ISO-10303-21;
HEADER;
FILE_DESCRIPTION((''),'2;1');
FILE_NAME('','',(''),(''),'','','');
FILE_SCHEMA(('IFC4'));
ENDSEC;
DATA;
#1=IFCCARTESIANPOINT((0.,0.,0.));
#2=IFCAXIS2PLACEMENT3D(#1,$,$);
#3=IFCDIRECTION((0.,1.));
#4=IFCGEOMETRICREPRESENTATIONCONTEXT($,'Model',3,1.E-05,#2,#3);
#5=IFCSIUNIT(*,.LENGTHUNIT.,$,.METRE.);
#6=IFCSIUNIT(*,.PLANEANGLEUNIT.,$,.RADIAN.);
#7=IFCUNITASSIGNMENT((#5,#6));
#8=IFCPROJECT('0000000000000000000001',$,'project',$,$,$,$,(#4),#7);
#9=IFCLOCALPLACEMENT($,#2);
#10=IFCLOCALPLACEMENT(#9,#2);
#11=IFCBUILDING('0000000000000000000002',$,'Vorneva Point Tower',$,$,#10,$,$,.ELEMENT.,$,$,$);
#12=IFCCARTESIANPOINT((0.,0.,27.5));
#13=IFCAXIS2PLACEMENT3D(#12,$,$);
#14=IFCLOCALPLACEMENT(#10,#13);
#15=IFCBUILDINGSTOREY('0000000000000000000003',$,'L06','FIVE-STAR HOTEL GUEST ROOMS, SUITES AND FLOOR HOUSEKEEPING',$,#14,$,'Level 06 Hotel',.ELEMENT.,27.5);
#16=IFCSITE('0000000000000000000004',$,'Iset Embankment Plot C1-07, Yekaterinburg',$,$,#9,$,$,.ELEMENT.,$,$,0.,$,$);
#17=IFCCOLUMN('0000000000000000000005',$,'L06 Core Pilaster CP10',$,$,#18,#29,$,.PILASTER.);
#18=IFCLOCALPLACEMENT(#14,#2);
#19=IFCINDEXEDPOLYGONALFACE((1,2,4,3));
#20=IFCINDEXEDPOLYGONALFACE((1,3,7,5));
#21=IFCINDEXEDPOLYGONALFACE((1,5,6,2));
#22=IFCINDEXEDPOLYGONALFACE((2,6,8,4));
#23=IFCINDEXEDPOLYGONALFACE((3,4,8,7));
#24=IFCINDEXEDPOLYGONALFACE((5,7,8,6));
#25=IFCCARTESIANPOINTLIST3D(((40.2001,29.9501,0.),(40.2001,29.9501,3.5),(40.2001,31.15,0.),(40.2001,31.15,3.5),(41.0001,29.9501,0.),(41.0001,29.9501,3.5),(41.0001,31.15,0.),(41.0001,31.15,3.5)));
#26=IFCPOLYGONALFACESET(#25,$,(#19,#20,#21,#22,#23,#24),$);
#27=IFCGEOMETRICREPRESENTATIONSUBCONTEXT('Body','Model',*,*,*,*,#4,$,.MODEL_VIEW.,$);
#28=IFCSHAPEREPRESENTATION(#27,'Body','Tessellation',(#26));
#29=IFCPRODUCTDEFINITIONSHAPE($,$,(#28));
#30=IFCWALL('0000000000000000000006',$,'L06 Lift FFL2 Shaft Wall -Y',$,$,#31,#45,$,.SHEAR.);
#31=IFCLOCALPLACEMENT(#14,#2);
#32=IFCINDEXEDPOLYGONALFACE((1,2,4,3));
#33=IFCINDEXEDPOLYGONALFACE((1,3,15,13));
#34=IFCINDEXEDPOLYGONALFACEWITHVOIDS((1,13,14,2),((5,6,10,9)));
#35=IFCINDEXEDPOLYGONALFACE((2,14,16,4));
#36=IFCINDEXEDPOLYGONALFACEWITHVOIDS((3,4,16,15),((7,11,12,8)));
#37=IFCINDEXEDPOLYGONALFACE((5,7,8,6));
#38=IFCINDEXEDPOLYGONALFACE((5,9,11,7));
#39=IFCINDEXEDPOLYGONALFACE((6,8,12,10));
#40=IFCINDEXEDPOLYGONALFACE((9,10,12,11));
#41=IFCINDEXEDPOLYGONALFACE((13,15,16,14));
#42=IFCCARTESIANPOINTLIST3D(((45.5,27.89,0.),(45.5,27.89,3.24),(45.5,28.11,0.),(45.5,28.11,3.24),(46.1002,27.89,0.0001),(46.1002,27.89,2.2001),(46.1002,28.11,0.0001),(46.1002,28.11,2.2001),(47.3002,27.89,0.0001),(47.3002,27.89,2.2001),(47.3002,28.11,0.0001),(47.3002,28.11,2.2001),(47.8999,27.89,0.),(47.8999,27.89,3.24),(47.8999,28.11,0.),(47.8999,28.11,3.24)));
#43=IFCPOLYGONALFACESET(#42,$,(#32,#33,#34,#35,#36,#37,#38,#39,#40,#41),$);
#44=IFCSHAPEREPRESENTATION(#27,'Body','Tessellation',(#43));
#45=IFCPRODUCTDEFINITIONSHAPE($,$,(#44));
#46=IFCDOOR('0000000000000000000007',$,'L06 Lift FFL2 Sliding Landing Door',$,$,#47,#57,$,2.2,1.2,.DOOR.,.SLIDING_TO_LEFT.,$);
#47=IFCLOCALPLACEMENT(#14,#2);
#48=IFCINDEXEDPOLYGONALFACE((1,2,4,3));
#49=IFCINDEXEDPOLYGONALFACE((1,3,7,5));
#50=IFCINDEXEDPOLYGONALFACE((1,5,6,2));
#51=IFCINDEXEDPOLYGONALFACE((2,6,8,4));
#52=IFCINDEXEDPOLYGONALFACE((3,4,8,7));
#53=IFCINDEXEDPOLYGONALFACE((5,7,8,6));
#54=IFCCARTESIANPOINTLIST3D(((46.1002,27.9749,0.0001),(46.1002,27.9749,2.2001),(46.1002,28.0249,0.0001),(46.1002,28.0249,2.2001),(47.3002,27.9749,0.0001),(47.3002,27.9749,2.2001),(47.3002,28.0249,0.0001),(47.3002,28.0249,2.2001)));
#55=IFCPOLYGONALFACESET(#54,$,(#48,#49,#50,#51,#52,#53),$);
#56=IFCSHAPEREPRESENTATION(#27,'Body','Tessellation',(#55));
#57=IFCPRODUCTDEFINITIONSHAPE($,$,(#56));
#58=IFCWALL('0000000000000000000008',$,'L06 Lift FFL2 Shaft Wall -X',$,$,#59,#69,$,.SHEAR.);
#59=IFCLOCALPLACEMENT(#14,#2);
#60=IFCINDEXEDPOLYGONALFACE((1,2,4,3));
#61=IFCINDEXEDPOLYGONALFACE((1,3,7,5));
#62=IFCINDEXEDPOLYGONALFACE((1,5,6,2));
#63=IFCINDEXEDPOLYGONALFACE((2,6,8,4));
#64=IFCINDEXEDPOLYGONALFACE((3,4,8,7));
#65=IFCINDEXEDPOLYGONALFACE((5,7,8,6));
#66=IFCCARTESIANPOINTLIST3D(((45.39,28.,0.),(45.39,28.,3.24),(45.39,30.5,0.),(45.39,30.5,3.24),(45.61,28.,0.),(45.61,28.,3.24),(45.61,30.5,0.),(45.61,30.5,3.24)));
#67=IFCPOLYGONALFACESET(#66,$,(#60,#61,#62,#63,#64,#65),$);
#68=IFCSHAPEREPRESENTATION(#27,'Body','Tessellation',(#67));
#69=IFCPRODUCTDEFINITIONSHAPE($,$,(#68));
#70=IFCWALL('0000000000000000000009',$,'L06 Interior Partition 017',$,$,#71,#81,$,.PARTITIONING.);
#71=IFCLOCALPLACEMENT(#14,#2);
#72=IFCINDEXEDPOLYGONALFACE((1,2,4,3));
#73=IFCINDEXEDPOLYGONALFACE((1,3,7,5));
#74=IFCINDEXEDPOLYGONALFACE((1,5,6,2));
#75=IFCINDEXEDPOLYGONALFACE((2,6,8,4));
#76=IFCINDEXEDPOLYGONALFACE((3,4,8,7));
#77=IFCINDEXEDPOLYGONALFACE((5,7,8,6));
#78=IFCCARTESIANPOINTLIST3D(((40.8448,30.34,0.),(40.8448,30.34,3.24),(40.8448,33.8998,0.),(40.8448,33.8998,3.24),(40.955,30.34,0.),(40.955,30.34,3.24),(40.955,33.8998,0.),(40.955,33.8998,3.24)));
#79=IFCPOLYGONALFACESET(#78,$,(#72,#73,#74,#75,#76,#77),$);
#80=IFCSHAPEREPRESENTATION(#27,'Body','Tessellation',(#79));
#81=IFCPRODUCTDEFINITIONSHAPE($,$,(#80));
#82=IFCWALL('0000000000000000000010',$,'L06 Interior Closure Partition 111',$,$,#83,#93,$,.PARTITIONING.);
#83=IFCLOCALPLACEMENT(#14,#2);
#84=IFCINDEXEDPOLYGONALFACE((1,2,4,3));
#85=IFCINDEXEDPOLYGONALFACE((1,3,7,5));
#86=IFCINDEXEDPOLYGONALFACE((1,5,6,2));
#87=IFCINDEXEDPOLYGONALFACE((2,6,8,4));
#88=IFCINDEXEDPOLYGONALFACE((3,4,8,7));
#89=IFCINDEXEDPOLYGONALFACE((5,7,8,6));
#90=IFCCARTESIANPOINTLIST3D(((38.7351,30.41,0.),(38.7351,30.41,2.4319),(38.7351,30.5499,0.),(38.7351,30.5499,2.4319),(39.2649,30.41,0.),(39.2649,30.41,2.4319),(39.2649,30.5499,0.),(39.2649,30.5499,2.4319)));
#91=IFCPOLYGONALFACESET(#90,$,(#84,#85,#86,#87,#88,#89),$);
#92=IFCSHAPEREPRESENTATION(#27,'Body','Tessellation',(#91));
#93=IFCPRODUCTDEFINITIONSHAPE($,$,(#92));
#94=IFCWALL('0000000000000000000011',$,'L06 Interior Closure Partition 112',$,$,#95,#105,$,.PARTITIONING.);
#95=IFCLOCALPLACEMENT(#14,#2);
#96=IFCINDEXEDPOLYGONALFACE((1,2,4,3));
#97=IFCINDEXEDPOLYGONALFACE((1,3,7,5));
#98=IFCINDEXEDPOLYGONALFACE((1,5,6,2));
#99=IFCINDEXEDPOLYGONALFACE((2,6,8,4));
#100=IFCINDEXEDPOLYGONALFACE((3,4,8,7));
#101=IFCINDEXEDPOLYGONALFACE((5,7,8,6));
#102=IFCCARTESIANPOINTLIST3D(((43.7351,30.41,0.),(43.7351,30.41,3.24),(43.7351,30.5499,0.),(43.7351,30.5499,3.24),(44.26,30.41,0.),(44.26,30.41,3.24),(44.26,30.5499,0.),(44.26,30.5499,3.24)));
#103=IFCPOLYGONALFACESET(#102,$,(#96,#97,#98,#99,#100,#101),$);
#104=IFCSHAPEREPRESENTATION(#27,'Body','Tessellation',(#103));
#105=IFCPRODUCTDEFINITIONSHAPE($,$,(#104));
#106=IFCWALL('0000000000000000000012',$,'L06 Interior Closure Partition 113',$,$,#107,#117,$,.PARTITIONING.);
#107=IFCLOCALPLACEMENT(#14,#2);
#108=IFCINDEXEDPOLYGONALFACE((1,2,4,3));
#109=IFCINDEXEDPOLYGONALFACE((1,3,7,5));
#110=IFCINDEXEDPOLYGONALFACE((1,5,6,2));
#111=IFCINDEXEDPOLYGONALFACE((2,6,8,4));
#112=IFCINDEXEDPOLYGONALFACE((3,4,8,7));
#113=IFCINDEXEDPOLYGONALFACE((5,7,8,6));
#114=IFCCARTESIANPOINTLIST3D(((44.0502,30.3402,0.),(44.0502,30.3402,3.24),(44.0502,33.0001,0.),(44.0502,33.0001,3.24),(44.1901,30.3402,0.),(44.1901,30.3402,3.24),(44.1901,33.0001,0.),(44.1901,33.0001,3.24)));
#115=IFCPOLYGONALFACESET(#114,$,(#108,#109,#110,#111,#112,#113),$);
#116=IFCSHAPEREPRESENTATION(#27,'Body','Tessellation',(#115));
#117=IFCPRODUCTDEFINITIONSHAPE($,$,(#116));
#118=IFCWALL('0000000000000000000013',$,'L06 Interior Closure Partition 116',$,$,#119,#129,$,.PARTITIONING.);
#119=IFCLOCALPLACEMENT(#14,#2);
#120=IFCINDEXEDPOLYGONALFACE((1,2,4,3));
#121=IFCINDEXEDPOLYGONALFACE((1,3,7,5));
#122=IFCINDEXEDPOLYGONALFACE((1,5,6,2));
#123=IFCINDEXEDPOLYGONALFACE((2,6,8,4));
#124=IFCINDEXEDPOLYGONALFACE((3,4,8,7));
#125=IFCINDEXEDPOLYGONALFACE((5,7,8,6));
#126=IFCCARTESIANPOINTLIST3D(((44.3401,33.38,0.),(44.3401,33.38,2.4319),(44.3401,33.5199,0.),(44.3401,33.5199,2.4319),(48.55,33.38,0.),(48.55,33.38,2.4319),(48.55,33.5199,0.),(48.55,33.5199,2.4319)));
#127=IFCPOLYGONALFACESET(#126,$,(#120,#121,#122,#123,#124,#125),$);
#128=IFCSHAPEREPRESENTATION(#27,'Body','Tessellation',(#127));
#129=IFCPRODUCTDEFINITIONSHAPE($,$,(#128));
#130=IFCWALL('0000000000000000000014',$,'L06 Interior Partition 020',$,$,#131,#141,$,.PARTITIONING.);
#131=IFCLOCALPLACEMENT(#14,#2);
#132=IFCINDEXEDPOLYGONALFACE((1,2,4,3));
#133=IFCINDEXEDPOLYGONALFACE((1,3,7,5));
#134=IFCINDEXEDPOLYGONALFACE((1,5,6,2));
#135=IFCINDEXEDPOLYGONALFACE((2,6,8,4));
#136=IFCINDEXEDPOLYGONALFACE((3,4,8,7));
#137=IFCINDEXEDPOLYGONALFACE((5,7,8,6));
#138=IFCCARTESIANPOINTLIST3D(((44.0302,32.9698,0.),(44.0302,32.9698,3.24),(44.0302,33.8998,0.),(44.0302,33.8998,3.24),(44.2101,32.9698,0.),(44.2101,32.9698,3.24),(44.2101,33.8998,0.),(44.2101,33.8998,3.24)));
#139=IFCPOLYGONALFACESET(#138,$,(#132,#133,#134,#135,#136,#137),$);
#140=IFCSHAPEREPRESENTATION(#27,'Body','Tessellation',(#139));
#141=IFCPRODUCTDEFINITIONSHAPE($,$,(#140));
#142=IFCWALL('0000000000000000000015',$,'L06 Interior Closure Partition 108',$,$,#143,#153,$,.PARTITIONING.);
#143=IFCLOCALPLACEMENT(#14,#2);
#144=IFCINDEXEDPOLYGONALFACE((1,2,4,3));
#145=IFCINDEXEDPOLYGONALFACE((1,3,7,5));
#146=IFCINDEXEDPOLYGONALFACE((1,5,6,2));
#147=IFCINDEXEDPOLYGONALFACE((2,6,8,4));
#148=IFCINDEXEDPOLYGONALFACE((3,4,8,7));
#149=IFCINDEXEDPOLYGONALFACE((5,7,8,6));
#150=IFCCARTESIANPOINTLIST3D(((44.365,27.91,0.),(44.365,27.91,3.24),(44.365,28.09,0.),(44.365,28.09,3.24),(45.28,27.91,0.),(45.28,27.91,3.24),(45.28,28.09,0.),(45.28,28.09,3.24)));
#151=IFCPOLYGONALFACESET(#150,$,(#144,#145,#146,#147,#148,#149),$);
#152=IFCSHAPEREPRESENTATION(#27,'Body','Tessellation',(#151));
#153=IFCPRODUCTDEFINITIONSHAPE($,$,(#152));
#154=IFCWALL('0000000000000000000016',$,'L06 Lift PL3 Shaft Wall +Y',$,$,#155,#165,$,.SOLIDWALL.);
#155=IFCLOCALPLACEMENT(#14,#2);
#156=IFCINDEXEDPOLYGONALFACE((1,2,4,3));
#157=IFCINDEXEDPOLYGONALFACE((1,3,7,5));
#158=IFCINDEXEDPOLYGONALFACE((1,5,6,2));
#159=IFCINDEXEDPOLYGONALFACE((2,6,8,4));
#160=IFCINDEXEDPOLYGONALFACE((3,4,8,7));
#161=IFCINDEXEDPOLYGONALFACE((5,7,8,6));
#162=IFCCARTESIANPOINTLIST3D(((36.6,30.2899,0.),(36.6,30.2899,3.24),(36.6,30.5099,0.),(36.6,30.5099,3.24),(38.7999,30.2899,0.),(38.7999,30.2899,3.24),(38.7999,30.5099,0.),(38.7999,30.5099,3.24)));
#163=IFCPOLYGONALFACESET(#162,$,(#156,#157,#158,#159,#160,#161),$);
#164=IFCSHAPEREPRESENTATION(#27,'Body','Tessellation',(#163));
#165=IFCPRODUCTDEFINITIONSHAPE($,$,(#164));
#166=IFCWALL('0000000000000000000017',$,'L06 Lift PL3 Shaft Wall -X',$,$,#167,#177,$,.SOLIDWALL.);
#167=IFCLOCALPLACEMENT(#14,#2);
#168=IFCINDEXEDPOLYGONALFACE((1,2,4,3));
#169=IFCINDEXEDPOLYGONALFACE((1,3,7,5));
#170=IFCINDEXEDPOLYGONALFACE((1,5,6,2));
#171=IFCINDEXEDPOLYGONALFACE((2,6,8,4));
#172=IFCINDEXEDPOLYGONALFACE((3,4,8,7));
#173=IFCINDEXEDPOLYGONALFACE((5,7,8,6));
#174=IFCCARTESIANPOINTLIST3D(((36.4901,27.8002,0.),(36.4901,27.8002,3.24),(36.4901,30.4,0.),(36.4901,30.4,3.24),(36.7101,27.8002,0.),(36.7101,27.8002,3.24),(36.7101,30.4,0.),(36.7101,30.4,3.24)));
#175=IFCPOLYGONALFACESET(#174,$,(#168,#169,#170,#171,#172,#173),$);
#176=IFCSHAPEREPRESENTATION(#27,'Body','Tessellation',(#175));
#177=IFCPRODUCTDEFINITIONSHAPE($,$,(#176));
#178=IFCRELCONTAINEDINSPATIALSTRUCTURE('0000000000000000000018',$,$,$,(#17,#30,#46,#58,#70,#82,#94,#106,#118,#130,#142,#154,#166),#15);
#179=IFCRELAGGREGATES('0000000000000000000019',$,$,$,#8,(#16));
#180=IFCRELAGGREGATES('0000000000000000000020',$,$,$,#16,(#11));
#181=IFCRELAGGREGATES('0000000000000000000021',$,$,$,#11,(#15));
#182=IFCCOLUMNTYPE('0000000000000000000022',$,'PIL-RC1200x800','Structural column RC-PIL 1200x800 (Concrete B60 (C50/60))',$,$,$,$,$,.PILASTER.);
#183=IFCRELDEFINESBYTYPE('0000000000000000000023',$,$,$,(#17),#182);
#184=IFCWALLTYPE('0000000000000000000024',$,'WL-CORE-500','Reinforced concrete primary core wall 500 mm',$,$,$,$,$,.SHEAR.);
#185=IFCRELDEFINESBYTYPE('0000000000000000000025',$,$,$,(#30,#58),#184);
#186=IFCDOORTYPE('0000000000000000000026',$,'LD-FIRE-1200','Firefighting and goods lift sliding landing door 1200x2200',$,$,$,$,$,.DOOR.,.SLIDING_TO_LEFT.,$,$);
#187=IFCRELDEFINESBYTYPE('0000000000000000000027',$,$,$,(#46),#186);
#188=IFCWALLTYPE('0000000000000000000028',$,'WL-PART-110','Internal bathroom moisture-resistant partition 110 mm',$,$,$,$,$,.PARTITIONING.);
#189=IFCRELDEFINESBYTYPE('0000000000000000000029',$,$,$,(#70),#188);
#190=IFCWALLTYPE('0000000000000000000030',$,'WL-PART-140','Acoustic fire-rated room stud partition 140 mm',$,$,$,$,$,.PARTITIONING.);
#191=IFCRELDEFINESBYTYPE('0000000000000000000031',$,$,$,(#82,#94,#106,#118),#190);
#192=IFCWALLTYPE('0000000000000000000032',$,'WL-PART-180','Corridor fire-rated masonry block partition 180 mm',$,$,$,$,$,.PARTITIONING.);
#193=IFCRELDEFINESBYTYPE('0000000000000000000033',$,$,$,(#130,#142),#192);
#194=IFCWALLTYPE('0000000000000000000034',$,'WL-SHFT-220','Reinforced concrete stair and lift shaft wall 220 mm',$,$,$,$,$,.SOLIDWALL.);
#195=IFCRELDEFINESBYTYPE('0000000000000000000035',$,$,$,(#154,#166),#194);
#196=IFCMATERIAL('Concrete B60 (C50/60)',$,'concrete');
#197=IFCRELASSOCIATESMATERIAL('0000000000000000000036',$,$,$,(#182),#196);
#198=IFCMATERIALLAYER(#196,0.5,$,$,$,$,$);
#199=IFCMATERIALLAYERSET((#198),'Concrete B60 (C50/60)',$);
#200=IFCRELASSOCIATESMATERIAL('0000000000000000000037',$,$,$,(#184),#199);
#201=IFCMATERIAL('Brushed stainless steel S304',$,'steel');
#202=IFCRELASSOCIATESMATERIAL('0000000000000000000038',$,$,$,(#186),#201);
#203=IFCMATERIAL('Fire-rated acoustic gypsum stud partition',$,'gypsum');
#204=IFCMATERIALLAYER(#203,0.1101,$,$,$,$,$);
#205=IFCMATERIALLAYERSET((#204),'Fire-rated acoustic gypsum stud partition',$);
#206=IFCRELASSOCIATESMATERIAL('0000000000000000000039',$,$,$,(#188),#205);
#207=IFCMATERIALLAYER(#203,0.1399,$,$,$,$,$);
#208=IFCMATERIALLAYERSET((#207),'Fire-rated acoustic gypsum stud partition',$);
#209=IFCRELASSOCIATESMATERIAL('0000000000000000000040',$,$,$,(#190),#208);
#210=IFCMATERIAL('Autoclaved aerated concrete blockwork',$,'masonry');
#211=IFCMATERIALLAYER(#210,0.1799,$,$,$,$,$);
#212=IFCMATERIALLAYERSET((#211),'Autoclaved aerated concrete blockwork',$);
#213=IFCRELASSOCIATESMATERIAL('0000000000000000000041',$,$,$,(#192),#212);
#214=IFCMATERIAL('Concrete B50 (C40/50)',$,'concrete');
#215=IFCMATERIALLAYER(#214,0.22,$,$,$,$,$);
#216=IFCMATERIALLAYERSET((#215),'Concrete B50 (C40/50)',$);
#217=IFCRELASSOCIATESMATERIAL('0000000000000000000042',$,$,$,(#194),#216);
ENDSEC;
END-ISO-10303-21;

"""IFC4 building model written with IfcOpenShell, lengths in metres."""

from ifc_helpers import new_model, si_unit, direction, frame, frame_2d, origin, origin_2d, place, context, subcontext, project, spatial, rectangle, extrude, material, layer, layer_set, material_profile, profile_set, type_object, element, fill, save


model = new_model("IFC4")

# Units and contexts
model_context = context("Model", 3, precision=1e-05, world=origin(), true_north=direction((0.0, 1.0)))
body_context = subcontext(model_context, "Body", "Model", "MODEL_VIEW")
ifc_project = project(units=[si_unit("LENGTHUNIT", "METRE"), si_unit("PLANEANGLEUNIT", "RADIAN")], contexts=[model_context])

# Site, building, storey
site_placement = place(None, origin())
site = spatial("IfcSite", under=ifc_project, at=site_placement, Name="Iset Embankment Plot C1-07, Yekaterinburg", CompositionType="ELEMENT", RefElevation=0.0)
building_placement = place(site_placement, origin())
building = spatial("IfcBuilding", under=site, at=building_placement, Name="Vorneva Point Tower", CompositionType="ELEMENT")
storey_placement = place(building_placement, frame((0.0, 0.0, 27.5)))
storey = spatial("IfcBuildingStorey", under=building, at=storey_placement, Name="L06", Description="FIVE-STAR HOTEL GUEST ROOMS, SUITES AND FLOOR HOUSEKEEPING", LongName="Level 06 Hotel", CompositionType="ELEMENT", Elevation=27.5)

# Column
ifc_material_1 = material(Name="Concrete B60 (C50/60)", Category="concrete")
ifc_material_profile = material_profile(ifc_material_1, rectangle(XDim=0.8, YDim=1.2, at=origin_2d()), Name="RC-PIL 1200x800")
ifc_profile_set = profile_set([ifc_material_profile], Name="Concrete B60 (C50/60)")
column_type = type_object("IfcColumnType", Name="PIL-RC1200x800", Description="Structural column RC-PIL 1200x800 (Concrete B60 (C50/60))", PredefinedType="PILASTER", material=ifc_profile_set)
column_placement = place(storey_placement, frame((40.6001, 30.55, 0.0), z_axis=(0.0, 0.0, 1.0), x_axis=(1.0, 0.0, 0.0)))
element("IfcColumn", 1, at=column_placement, inside=storey, type_object=column_type, Name="L06 Core Pilaster CP10", PredefinedType="PILASTER", context=body_context, shape_type="SweptSolid", body=[
    extrude(rectangle(XDim=0.8, YDim=1.2, at=origin_2d()), origin(), (0.0, 0.0, 1.0), 3.5),
])

# Wall, opening, door
ifc_layer_1 = layer(ifc_material_1, 0.5)
ifc_layer_set_1 = layer_set([ifc_layer_1], Name="Concrete B60 (C50/60)")
wall_type_1 = type_object("IfcWallType", Name="WL-CORE-500", Description="Reinforced concrete primary core wall 500 mm", PredefinedType="SHEAR", material=ifc_layer_set_1)
wall_1_placement = place(storey_placement, frame((45.5, 28.0, 0.0), z_axis=(0.0, 0.0, 1.0), x_axis=(1.0, 0.0, 0.0)))
wall_1 = element("IfcWall", 2, at=wall_1_placement, inside=storey, type_object=wall_type_1, Name="L06 Lift FFL2 Shaft Wall -Y", PredefinedType="SHEAR", context=body_context, shape_type="SweptSolid", body=[
    extrude(rectangle(XDim=2.3999, YDim=0.22, at=frame_2d((1.2, 0.0))), origin(), (0.0, 0.0, 1.0), 3.24),
])
opening_1_placement = place(wall_1_placement, frame((0.6001, 0.0, 0.0)))
opening_1 = element("IfcOpeningElement", 3, at=opening_1_placement, cuts=wall_1, PredefinedType="OPENING", context=body_context, shape_type="SweptSolid", body=[
    extrude(rectangle(XDim=1.2, YDim=2.2, at=frame_2d((0.6001, 1.1001))), frame((0.0, 0.125, 0.0), z_axis=(0.0, -1.0, 0.0), x_axis=(1.0, 0.0, 0.0)), (0.0, 0.0, 1.0), 0.2498),
])
ifc_material_2 = material(Name="Brushed stainless steel S304", Category="steel")
door_type_1 = type_object("IfcDoorType", Name="LD-FIRE-1200", Description="Firefighting and goods lift sliding landing door 1200x2200", OperationType="SLIDING_TO_LEFT", PredefinedType="DOOR", material=ifc_material_2)
door_1_placement = place(opening_1_placement, origin())
door_1 = element("IfcDoor", 4, at=door_1_placement, inside=storey, type_object=door_type_1, Name="L06 Lift FFL2 Sliding Landing Door", OperationType="SLIDING_TO_LEFT", OverallHeight=2.2, OverallWidth=1.2, PredefinedType="DOOR", context=body_context, shape_type="SweptSolid", body=[
    extrude(rectangle(XDim=1.2, YDim=2.2, at=frame_2d((0.6001, 1.1001))), frame((0.0, 0.0249, 0.0), z_axis=(0.0, -1.0, 0.0), x_axis=(1.0, 0.0, 0.0)), (0.0, 0.0, 1.0), 0.05),
])
fill(opening_1, door_1)

# Walls
wall_2_placement = place(storey_placement, frame((45.5, 30.5, 0.0), z_axis=(0.0, 0.0, 1.0), x_axis=(0.0, -1.0, 0.0)))
element("IfcWall", 5, at=wall_2_placement, inside=storey, type_object=wall_type_1, Name="L06 Lift FFL2 Shaft Wall -X", PredefinedType="SHEAR", context=body_context, shape_type="SweptSolid", body=[
    extrude(rectangle(XDim=2.5, YDim=0.22, at=frame_2d((1.25, 0.0))), origin(), (0.0, 0.0, 1.0), 3.24),
])
ifc_material_3 = material(Name="Fire-rated acoustic gypsum stud partition", Category="gypsum")
ifc_layer_2 = layer(ifc_material_3, 0.1101)
ifc_layer_set_2 = layer_set([ifc_layer_2], Name="Fire-rated acoustic gypsum stud partition")
wall_type_2 = type_object("IfcWallType", Name="WL-PART-110", Description="Internal bathroom moisture-resistant partition 110 mm", PredefinedType="PARTITIONING", material=ifc_layer_set_2)
wall_3_placement = place(storey_placement, frame((40.8999, 30.3401, 0.0), z_axis=(0.0, 0.0, 1.0), x_axis=(0.0, 1.0, 0.0)))
element("IfcWall", 6, at=wall_3_placement, inside=storey, type_object=wall_type_2, Name="L06 Interior Partition 017", PredefinedType="PARTITIONING", context=body_context, shape_type="SweptSolid", body=[
    extrude(rectangle(XDim=3.5598, YDim=0.1101, at=frame_2d((1.7798, 0.0))), origin(), (0.0, 0.0, 1.0), 3.24),
])
ifc_layer_3 = layer(ifc_material_3, 0.1399)
ifc_layer_set_3 = layer_set([ifc_layer_3], Name="Fire-rated acoustic gypsum stud partition")
wall_type_3 = type_object("IfcWallType", Name="WL-PART-140", Description="Acoustic fire-rated room stud partition 140 mm", PredefinedType="PARTITIONING", material=ifc_layer_set_3)
wall_4_placement = place(storey_placement, frame((38.7351, 30.48, 0.0), z_axis=(0.0, 0.0, 1.0), x_axis=(1.0, 0.0, 0.0)))
element("IfcWall", 7, at=wall_4_placement, inside=storey, type_object=wall_type_3, Name="L06 Interior Closure Partition 111", PredefinedType="PARTITIONING", context=body_context, shape_type="SweptSolid", body=[
    extrude(rectangle(XDim=0.5298, YDim=0.1399, at=frame_2d((0.2649, 0.0))), origin(), (0.0, 0.0, 1.0), 2.4319),
])
wall_5_placement = place(storey_placement, frame((43.7351, 30.48, 0.0), z_axis=(0.0, 0.0, 1.0), x_axis=(1.0, 0.0, 0.0)))
element("IfcWall", 8, at=wall_5_placement, inside=storey, type_object=wall_type_3, Name="L06 Interior Closure Partition 112", PredefinedType="PARTITIONING", context=body_context, shape_type="SweptSolid", body=[
    extrude(rectangle(XDim=0.5249, YDim=0.1399, at=frame_2d((0.2625, 0.0))), origin(), (0.0, 0.0, 1.0), 3.24),
])
wall_6_placement = place(storey_placement, frame((44.1201, 30.3401, 0.0), z_axis=(0.0, 0.0, 1.0), x_axis=(0.0, 1.0, 0.0)))
element("IfcWall", 9, at=wall_6_placement, inside=storey, type_object=wall_type_3, Name="L06 Interior Closure Partition 113", PredefinedType="PARTITIONING", context=body_context, shape_type="SweptSolid", body=[
    extrude(rectangle(XDim=2.6599, YDim=0.1399, at=frame_2d((1.3301, 0.0))), origin(), (0.0, 0.0, 1.0), 3.24),
])
wall_7_placement = place(storey_placement, frame((44.3401, 33.45, 0.0), z_axis=(0.0, 0.0, 1.0), x_axis=(1.0, 0.0, 0.0)))
element("IfcWall", 10, at=wall_7_placement, inside=storey, type_object=wall_type_3, Name="L06 Interior Closure Partition 116", PredefinedType="PARTITIONING", context=body_context, shape_type="SweptSolid", body=[
    extrude(rectangle(XDim=4.21, YDim=0.1399, at=frame_2d((2.105, 0.0))), origin(), (0.0, 0.0, 1.0), 2.4319),
])

# Shared definitions
ifc_material_4 = material(Name="Autoclaved aerated concrete blockwork", Category="masonry")
ifc_layer_4 = layer(ifc_material_4, 0.1799)
ifc_layer_set_4 = layer_set([ifc_layer_4], Name="Autoclaved aerated concrete blockwork")
wall_type_4 = type_object("IfcWallType", Name="WL-PART-180", Description="Corridor fire-rated masonry block partition 180 mm", PredefinedType="PARTITIONING", material=ifc_layer_set_4)

# Walls
wall_8_placement = place(storey_placement, frame((44.1201, 32.97, 0.0), z_axis=(0.0, 0.0, 1.0), x_axis=(0.0, 1.0, 0.0)))
element("IfcWall", 11, at=wall_8_placement, inside=storey, type_object=wall_type_4, Name="L06 Interior Partition 020", PredefinedType="PARTITIONING", context=body_context, shape_type="SweptSolid", body=[
    extrude(rectangle(XDim=0.9299, YDim=0.1799, at=frame_2d((0.4648, 0.0))), origin(), (0.0, 0.0, 1.0), 3.24),
])
wall_9_placement = place(storey_placement, frame((45.28, 28.0, 0.0), z_axis=(0.0, 0.0, 1.0), x_axis=(-1.0, 0.0, 0.0)))
element("IfcWall", 12, at=wall_9_placement, inside=storey, type_object=wall_type_4, Name="L06 Interior Closure Partition 108", PredefinedType="PARTITIONING", context=body_context, shape_type="SweptSolid", body=[
    extrude(rectangle(XDim=0.915, YDim=0.1799, at=frame_2d((0.4575, 0.0))), origin(), (0.0, 0.0, 1.0), 3.24),
])
ifc_material_5 = material(Name="Concrete B50 (C40/50)", Category="concrete")
ifc_layer_5 = layer(ifc_material_5, 0.22)
ifc_layer_set_5 = layer_set([ifc_layer_5], Name="Concrete B50 (C40/50)")
wall_type_5 = type_object("IfcWallType", Name="WL-SHFT-220", Description="Reinforced concrete stair and lift shaft wall 220 mm", PredefinedType="SOLIDWALL", material=ifc_layer_set_5)
wall_10_placement = place(storey_placement, frame((38.8, 30.3999, 0.0), z_axis=(0.0, 0.0, 1.0), x_axis=(-1.0, 0.0, 0.0)))
element("IfcWall", 13, at=wall_10_placement, inside=storey, type_object=wall_type_5, Name="L06 Lift PL3 Shaft Wall +Y", PredefinedType="SOLIDWALL", context=body_context, shape_type="SweptSolid", body=[
    extrude(rectangle(XDim=2.2, YDim=0.22, at=frame_2d((1.1001, 0.0))), origin(), (0.0, 0.0, 1.0), 3.24),
])
wall_11_placement = place(storey_placement, frame((36.6001, 30.3999, 0.0), z_axis=(0.0, 0.0, 1.0), x_axis=(0.0, -1.0, 0.0)))
element("IfcWall", 14, at=wall_11_placement, inside=storey, type_object=wall_type_5, Name="L06 Lift PL3 Shaft Wall -X", PredefinedType="SOLIDWALL", context=body_context, shape_type="SweptSolid", body=[
    extrude(rectangle(XDim=2.5999, YDim=0.22, at=frame_2d((1.2998, 0.0))), origin(), (0.0, 0.0, 1.0), 3.24),
])

save(model, "model.ifc")
